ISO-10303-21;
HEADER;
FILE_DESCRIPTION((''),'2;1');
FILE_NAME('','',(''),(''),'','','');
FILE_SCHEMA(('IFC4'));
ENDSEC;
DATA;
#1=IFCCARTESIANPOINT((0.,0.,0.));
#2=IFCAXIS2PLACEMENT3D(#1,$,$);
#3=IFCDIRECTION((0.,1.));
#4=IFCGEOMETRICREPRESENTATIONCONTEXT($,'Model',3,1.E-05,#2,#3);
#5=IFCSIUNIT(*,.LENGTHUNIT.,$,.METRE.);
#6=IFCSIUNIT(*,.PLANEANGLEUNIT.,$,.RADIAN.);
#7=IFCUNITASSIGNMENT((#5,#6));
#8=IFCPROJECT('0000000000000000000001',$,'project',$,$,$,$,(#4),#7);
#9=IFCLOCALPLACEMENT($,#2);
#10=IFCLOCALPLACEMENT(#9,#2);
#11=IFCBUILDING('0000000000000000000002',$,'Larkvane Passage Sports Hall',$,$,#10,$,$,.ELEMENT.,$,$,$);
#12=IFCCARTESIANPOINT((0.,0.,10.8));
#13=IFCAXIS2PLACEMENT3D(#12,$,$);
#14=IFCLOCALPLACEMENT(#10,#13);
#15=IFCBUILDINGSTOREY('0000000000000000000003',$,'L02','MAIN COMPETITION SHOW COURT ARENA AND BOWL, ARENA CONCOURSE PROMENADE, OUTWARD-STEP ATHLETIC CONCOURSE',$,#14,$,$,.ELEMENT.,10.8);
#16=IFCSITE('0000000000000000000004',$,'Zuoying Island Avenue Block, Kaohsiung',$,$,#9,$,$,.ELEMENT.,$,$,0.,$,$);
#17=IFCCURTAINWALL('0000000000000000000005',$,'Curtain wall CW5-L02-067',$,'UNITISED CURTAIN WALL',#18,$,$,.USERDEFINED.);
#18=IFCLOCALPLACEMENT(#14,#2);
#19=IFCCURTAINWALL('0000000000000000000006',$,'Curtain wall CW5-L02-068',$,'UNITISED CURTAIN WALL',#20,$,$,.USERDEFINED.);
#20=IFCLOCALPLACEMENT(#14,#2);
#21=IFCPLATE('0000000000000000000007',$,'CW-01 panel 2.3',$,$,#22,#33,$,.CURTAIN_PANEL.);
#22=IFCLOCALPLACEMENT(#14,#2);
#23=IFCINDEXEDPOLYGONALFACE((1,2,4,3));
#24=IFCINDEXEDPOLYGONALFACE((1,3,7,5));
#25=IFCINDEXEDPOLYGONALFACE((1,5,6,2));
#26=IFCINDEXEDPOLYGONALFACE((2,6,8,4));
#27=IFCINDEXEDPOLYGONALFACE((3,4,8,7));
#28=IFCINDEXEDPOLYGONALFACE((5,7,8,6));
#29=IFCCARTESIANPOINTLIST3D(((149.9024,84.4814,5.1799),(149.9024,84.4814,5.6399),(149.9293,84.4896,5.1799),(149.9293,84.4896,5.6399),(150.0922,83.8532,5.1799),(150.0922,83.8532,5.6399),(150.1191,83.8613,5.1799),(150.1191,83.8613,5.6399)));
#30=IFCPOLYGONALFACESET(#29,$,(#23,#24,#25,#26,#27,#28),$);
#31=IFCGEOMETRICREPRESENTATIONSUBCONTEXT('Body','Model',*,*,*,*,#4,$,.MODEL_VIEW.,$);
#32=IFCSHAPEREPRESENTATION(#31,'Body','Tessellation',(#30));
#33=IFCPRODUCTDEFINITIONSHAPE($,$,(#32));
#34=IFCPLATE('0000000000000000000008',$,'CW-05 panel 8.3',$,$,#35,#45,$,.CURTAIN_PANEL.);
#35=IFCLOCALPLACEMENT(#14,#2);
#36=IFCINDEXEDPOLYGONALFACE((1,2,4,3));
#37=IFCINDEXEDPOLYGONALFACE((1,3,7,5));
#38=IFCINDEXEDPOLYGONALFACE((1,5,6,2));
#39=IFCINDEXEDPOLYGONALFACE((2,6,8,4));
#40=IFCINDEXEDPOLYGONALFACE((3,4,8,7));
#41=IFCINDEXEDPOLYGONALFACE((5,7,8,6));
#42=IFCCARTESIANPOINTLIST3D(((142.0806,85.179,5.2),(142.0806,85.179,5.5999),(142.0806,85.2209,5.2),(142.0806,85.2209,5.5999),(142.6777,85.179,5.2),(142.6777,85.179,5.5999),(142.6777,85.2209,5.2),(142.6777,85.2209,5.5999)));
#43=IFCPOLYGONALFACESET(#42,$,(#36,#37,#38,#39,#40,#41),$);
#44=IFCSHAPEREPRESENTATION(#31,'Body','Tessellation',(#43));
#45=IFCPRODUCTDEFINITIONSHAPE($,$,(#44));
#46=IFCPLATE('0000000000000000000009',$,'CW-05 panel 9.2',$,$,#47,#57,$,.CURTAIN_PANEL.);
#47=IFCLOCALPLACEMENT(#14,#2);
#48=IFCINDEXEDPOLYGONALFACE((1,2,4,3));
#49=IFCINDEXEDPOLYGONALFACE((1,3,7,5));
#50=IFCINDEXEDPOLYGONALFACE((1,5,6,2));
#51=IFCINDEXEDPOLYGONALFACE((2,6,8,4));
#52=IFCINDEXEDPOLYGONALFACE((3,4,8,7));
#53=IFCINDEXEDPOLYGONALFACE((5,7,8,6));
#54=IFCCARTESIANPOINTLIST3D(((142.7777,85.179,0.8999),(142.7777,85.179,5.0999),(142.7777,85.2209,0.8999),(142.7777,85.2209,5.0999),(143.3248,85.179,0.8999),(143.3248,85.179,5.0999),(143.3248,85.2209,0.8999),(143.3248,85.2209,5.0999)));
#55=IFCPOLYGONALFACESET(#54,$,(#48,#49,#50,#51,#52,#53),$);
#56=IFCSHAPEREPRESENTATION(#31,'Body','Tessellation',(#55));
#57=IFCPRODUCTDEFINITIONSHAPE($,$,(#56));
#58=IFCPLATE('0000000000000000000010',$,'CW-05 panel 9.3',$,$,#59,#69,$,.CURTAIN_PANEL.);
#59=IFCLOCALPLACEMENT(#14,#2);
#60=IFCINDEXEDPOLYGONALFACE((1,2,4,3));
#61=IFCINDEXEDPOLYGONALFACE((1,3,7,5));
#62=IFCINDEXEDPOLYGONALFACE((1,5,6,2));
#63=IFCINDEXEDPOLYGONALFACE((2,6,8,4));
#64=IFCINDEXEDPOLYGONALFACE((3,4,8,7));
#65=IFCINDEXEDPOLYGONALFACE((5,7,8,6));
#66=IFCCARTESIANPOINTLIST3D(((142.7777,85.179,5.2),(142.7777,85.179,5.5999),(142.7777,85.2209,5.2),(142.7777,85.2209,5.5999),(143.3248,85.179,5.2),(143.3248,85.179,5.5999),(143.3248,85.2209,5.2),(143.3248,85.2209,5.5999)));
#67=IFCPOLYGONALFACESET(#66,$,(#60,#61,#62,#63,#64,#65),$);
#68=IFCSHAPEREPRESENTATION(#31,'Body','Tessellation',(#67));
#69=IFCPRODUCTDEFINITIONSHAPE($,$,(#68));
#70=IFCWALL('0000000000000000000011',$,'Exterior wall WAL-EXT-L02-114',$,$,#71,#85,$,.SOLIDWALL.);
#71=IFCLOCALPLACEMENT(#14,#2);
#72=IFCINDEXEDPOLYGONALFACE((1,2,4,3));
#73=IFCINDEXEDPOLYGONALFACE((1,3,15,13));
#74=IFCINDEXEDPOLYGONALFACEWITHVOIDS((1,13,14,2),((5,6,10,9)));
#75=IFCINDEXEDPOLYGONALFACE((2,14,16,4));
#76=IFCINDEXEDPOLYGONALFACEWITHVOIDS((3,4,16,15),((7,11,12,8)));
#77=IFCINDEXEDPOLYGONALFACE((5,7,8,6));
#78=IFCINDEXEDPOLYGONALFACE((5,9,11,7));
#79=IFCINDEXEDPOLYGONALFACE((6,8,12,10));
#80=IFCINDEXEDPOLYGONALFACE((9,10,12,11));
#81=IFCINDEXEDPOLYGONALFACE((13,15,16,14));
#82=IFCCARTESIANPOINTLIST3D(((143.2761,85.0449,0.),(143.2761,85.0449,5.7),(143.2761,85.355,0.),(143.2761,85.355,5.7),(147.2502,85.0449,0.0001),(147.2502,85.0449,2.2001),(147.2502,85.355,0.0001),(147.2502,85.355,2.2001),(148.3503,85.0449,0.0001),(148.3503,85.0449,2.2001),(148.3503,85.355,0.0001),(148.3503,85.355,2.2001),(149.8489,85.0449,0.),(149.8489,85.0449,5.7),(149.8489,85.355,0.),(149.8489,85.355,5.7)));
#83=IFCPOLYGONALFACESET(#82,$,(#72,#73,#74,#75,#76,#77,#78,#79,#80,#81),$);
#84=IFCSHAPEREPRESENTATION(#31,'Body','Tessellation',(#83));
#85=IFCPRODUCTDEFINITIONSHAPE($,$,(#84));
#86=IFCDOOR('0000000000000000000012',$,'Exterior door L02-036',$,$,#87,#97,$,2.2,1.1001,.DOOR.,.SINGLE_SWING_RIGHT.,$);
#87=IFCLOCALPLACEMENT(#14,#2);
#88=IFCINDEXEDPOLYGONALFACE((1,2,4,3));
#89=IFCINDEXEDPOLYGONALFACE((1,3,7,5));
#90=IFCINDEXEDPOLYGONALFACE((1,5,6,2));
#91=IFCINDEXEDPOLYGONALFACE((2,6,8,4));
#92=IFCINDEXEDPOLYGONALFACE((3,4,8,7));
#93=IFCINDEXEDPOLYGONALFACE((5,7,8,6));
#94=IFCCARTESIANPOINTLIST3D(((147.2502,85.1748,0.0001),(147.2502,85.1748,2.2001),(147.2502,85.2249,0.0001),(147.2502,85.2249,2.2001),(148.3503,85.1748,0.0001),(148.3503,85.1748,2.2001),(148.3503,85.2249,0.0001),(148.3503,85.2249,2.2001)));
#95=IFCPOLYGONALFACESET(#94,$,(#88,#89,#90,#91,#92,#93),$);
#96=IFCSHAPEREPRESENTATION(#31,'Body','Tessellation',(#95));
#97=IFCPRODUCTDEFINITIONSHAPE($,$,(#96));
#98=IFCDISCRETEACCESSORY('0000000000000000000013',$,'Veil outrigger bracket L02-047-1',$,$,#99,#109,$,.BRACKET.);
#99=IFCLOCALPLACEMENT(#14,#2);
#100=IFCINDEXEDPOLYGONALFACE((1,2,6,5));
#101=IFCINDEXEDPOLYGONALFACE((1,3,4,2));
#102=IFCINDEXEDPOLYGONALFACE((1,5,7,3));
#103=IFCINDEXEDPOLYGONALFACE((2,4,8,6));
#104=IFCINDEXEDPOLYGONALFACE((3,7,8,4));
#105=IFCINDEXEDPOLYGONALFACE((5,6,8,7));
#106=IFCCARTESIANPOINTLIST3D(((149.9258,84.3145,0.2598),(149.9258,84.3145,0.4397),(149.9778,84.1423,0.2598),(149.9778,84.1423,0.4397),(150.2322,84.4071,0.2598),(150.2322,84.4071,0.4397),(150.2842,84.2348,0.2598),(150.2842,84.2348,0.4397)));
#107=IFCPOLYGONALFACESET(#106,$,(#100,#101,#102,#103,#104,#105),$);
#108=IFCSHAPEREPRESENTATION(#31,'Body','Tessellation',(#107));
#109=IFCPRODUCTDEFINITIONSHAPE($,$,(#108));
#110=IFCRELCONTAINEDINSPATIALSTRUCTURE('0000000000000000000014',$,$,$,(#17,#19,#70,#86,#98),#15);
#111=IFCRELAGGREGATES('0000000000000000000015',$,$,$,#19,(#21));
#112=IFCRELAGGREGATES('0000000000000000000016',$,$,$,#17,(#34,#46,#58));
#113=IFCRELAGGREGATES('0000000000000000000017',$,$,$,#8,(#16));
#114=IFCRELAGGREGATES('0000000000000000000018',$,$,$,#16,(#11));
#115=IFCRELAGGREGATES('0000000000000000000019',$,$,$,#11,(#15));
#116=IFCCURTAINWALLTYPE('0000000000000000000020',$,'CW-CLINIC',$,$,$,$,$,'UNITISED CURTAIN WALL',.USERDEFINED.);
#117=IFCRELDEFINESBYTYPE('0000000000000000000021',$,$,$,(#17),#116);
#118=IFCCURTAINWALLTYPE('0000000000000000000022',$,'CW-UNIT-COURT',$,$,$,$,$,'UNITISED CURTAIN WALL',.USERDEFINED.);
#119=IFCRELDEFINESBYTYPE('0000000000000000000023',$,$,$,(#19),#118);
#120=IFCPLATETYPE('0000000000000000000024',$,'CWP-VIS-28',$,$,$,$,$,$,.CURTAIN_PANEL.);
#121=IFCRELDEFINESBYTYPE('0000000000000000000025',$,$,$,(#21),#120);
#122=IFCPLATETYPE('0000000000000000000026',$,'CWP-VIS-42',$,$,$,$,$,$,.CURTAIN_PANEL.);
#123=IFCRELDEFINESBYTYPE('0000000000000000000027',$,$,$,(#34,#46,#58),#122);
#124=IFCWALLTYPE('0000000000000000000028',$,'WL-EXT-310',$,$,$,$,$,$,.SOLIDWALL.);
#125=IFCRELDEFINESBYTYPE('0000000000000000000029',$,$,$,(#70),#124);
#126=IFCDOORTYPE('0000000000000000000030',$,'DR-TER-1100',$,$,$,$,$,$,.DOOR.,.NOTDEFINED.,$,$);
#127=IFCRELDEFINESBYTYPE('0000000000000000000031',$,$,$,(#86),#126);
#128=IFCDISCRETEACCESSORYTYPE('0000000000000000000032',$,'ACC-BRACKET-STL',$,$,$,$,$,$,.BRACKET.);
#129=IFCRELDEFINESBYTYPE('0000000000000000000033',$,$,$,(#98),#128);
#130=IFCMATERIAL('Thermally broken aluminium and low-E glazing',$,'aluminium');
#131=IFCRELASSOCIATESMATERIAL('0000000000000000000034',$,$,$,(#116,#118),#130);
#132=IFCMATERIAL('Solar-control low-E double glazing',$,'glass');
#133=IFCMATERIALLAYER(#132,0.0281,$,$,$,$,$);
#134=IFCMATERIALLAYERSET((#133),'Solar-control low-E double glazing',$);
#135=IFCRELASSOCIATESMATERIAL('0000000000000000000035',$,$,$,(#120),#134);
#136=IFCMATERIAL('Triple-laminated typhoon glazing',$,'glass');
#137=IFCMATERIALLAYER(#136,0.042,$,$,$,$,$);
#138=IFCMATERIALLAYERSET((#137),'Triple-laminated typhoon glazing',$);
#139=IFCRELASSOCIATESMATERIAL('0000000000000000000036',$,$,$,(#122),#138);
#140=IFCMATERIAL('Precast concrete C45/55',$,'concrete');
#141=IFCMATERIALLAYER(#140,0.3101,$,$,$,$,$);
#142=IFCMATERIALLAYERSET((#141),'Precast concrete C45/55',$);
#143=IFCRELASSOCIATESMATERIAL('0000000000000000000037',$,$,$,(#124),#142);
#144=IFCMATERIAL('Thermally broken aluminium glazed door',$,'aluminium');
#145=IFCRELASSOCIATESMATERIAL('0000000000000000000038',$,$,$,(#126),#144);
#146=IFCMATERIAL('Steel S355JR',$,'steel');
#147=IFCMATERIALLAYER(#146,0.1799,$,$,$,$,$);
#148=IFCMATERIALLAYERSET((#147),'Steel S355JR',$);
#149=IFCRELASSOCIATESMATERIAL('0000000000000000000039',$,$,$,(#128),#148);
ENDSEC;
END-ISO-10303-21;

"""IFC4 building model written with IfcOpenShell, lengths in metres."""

from ifc_helpers import new_model, si_unit, direction, frame, frame_2d, origin, origin_2d, place, context, subcontext, project, spatial, rectangle, extrude, material, layer, layer_set, type_object, element, fill, aggregate, save


model = new_model("IFC4")

# Units and contexts
model_context = context("Model", 3, precision=1e-05, world=origin(), true_north=direction((0.0, 1.0)))
body_context = subcontext(model_context, "Body", "Model", "MODEL_VIEW")
ifc_project = project(units=[si_unit("LENGTHUNIT", "METRE"), si_unit("PLANEANGLEUNIT", "RADIAN")], contexts=[model_context])

# Site, building, storey
site_placement = place(None, origin())
site = spatial("IfcSite", under=ifc_project, at=site_placement, Name="Zuoying Island Avenue Block, Kaohsiung", CompositionType="ELEMENT", RefElevation=0.0)
building_placement = place(site_placement, origin())
building = spatial("IfcBuilding", under=site, at=building_placement, Name="Larkvane Passage Sports Hall", CompositionType="ELEMENT")
storey_placement = place(building_placement, frame((0.0, 0.0, 10.8)))
storey = spatial("IfcBuildingStorey", under=building, at=storey_placement, Name="L02", Description="MAIN COMPETITION SHOW COURT ARENA AND BOWL, ARENA CONCOURSE PROMENADE, OUTWARD-STEP ATHLETIC CONCOURSE", CompositionType="ELEMENT", Elevation=10.8)

# Curtain walls
ifc_material_1 = material(Name="Thermally broken aluminium and low-E glazing", Category="aluminium")
curtain_wall_type_1 = type_object("IfcCurtainWallType", Name="CW-CLINIC", ElementType="UNITISED CURTAIN WALL", PredefinedType="USERDEFINED", material=ifc_material_1)
curtain_wall_1_placement = place(storey_placement, origin())
curtain_wall_1 = element("IfcCurtainWall", 1, at=curtain_wall_1_placement, inside=storey, type_object=curtain_wall_type_1, Name="Curtain wall CW5-L02-067", ObjectType="UNITISED CURTAIN WALL", PredefinedType="USERDEFINED")
curtain_wall_type_2 = type_object("IfcCurtainWallType", Name="CW-UNIT-COURT", ElementType="UNITISED CURTAIN WALL", PredefinedType="USERDEFINED", material=ifc_material_1)
curtain_wall_2_placement = place(storey_placement, origin())
curtain_wall_2 = element("IfcCurtainWall", 2, at=curtain_wall_2_placement, inside=storey, type_object=curtain_wall_type_2, Name="Curtain wall CW5-L02-068", ObjectType="UNITISED CURTAIN WALL", PredefinedType="USERDEFINED")

# Shared definitions
ifc_material_2 = material(Name="Steel S355JR", Category="steel")

# Plates
ifc_material_3 = material(Name="Solar-control low-E double glazing", Category="glass")
ifc_layer_1 = layer(ifc_material_3, 0.0281)
ifc_layer_set_1 = layer_set([ifc_layer_1], Name="Solar-control low-E double glazing")
plate_type_1 = type_object("IfcPlateType", Name="CWP-VIS-28", PredefinedType="CURTAIN_PANEL", material=ifc_layer_set_1)
plate_1_placement = place(storey_placement, frame((150.0107, 84.1714, 5.1799), z_axis=(0.0, 0.0, 1.0), x_axis=(0.289177, -0.957276, 0.0)))
plate_1 = element("IfcPlate", 3, at=plate_1_placement, type_object=plate_type_1, Name="CW-01 panel 2.3", PredefinedType="CURTAIN_PANEL", context=body_context, shape_type="SweptSolid", body=[
    extrude(rectangle(XDim=0.6562, YDim=0.0281, at=origin_2d()), origin(), (0.0, 0.0, 1.0), 0.46),
])
aggregate(curtain_wall_2, [plate_1])
ifc_material_4 = material(Name="Triple-laminated typhoon glazing", Category="glass")
ifc_layer_2 = layer(ifc_material_4, 0.042)
ifc_layer_set_2 = layer_set([ifc_layer_2], Name="Triple-laminated typhoon glazing")
plate_type_2 = type_object("IfcPlateType", Name="CWP-VIS-42", PredefinedType="CURTAIN_PANEL", material=ifc_layer_set_2)
plate_2_placement = place(storey_placement, frame((142.3792, 85.2, 5.2), z_axis=(0.0, 0.0, 1.0), x_axis=(1.0, 0.0, 0.0)))
plate_2 = element("IfcPlate", 4, at=plate_2_placement, type_object=plate_type_2, Name="CW-05 panel 8.3", PredefinedType="CURTAIN_PANEL", context=body_context, shape_type="SweptSolid", body=[
    extrude(rectangle(XDim=0.5972, YDim=0.042, at=origin_2d()), origin(), (0.0, 0.0, 1.0), 0.3999),
])
plate_3_placement = place(storey_placement, frame((143.0513, 85.2, 0.8999), z_axis=(0.0, 0.0, 1.0), x_axis=(1.0, 0.0, 0.0)))
plate_3 = element("IfcPlate", 5, at=plate_3_placement, type_object=plate_type_2, Name="CW-05 panel 9.2", PredefinedType="CURTAIN_PANEL", context=body_context, shape_type="SweptSolid", body=[
    extrude(rectangle(XDim=0.5471, YDim=0.042, at=origin_2d()), origin(), (0.0, 0.0, 1.0), 4.2),
])
plate_4_placement = place(storey_placement, frame((143.0513, 85.2, 5.2), z_axis=(0.0, 0.0, 1.0), x_axis=(1.0, 0.0, 0.0)))
plate_4 = element("IfcPlate", 6, at=plate_4_placement, type_object=plate_type_2, Name="CW-05 panel 9.3", PredefinedType="CURTAIN_PANEL", context=body_context, shape_type="SweptSolid", body=[
    extrude(rectangle(XDim=0.5471, YDim=0.042, at=origin_2d()), origin(), (0.0, 0.0, 1.0), 0.3999),
])
aggregate(curtain_wall_1, [plate_2, plate_3, plate_4])

# Wall, opening, door
ifc_material_5 = material(Name="Precast concrete C45/55", Category="concrete")
ifc_layer_3 = layer(ifc_material_5, 0.3101)
ifc_layer_set_3 = layer_set([ifc_layer_3], Name="Precast concrete C45/55")
wall_type = type_object("IfcWallType", Name="WL-EXT-310", PredefinedType="SOLIDWALL", material=ifc_layer_set_3)
wall_placement = place(storey_placement, frame((143.2761, 85.2, 0.0), z_axis=(0.0, 0.0, 1.0), x_axis=(1.0, 0.0, 0.0)))
wall = element("IfcWall", 7, at=wall_placement, inside=storey, type_object=wall_type, Name="Exterior wall WAL-EXT-L02-114", PredefinedType="SOLIDWALL", context=body_context, shape_type="SweptSolid", body=[
    extrude(rectangle(XDim=6.5728, YDim=0.3101, at=frame_2d((3.2864, 0.0))), origin(), (0.0, 0.0, 1.0), 5.7),
])
opening_placement = place(wall_placement, frame((3.9741, 0.0, 0.0)))
opening = element("IfcOpeningElement", 8, at=opening_placement, cuts=wall, PredefinedType="OPENING", context=body_context, shape_type="SweptSolid", body=[
    extrude(rectangle(XDim=1.1001, YDim=2.2, at=frame_2d((0.55, 1.1001))), frame((0.0, 0.165, 0.0), z_axis=(0.0, -1.0, 0.0), x_axis=(1.0, 0.0, 0.0)), (0.0, 0.0, 1.0), 0.3301),
])
ifc_material_6 = material(Name="Thermally broken aluminium glazed door", Category="aluminium")
door_type = type_object("IfcDoorType", Name="DR-TER-1100", OperationType="NOTDEFINED", PredefinedType="DOOR", material=ifc_material_6)
door_placement = place(opening_placement, origin())
door = element("IfcDoor", 9, at=door_placement, inside=storey, type_object=door_type, Name="Exterior door L02-036", OperationType="SINGLE_SWING_RIGHT", OverallHeight=2.2, OverallWidth=1.1001, PredefinedType="DOOR", context=body_context, shape_type="SweptSolid", body=[
    extrude(rectangle(XDim=1.1001, YDim=2.2, at=frame_2d((0.55, 1.1001))), frame((0.0, 0.0249, 0.0), z_axis=(0.0, -1.0, 0.0), x_axis=(1.0, 0.0, 0.0)), (0.0, 0.0, 1.0), 0.05),
])
fill(opening, door)

# Discrete accessory
ifc_layer_4 = layer(ifc_material_2, 0.1799)
ifc_layer_set_4 = layer_set([ifc_layer_4], Name="Steel S355JR")
discrete_accessory_type = type_object("IfcDiscreteAccessoryType", Name="ACC-BRACKET-STL", PredefinedType="BRACKET", material=ifc_layer_set_4)
discrete_accessory_placement = place(storey_placement, frame((150.105, 84.2747, 0.2598), z_axis=(0.0, 0.0, 1.0), x_axis=(0.289177, -0.957276, 0.0)))
element("IfcDiscreteAccessory", 10, at=discrete_accessory_placement, inside=storey, type_object=discrete_accessory_type, Name="Veil outrigger bracket L02-047-1", PredefinedType="BRACKET", context=body_context, shape_type="SweptSolid", body=[
    extrude(rectangle(XDim=0.1799, YDim=0.3201, at=origin_2d()), origin(), (0.0, 0.0, 1.0), 0.1799),
])

save(model, "model.ifc")
